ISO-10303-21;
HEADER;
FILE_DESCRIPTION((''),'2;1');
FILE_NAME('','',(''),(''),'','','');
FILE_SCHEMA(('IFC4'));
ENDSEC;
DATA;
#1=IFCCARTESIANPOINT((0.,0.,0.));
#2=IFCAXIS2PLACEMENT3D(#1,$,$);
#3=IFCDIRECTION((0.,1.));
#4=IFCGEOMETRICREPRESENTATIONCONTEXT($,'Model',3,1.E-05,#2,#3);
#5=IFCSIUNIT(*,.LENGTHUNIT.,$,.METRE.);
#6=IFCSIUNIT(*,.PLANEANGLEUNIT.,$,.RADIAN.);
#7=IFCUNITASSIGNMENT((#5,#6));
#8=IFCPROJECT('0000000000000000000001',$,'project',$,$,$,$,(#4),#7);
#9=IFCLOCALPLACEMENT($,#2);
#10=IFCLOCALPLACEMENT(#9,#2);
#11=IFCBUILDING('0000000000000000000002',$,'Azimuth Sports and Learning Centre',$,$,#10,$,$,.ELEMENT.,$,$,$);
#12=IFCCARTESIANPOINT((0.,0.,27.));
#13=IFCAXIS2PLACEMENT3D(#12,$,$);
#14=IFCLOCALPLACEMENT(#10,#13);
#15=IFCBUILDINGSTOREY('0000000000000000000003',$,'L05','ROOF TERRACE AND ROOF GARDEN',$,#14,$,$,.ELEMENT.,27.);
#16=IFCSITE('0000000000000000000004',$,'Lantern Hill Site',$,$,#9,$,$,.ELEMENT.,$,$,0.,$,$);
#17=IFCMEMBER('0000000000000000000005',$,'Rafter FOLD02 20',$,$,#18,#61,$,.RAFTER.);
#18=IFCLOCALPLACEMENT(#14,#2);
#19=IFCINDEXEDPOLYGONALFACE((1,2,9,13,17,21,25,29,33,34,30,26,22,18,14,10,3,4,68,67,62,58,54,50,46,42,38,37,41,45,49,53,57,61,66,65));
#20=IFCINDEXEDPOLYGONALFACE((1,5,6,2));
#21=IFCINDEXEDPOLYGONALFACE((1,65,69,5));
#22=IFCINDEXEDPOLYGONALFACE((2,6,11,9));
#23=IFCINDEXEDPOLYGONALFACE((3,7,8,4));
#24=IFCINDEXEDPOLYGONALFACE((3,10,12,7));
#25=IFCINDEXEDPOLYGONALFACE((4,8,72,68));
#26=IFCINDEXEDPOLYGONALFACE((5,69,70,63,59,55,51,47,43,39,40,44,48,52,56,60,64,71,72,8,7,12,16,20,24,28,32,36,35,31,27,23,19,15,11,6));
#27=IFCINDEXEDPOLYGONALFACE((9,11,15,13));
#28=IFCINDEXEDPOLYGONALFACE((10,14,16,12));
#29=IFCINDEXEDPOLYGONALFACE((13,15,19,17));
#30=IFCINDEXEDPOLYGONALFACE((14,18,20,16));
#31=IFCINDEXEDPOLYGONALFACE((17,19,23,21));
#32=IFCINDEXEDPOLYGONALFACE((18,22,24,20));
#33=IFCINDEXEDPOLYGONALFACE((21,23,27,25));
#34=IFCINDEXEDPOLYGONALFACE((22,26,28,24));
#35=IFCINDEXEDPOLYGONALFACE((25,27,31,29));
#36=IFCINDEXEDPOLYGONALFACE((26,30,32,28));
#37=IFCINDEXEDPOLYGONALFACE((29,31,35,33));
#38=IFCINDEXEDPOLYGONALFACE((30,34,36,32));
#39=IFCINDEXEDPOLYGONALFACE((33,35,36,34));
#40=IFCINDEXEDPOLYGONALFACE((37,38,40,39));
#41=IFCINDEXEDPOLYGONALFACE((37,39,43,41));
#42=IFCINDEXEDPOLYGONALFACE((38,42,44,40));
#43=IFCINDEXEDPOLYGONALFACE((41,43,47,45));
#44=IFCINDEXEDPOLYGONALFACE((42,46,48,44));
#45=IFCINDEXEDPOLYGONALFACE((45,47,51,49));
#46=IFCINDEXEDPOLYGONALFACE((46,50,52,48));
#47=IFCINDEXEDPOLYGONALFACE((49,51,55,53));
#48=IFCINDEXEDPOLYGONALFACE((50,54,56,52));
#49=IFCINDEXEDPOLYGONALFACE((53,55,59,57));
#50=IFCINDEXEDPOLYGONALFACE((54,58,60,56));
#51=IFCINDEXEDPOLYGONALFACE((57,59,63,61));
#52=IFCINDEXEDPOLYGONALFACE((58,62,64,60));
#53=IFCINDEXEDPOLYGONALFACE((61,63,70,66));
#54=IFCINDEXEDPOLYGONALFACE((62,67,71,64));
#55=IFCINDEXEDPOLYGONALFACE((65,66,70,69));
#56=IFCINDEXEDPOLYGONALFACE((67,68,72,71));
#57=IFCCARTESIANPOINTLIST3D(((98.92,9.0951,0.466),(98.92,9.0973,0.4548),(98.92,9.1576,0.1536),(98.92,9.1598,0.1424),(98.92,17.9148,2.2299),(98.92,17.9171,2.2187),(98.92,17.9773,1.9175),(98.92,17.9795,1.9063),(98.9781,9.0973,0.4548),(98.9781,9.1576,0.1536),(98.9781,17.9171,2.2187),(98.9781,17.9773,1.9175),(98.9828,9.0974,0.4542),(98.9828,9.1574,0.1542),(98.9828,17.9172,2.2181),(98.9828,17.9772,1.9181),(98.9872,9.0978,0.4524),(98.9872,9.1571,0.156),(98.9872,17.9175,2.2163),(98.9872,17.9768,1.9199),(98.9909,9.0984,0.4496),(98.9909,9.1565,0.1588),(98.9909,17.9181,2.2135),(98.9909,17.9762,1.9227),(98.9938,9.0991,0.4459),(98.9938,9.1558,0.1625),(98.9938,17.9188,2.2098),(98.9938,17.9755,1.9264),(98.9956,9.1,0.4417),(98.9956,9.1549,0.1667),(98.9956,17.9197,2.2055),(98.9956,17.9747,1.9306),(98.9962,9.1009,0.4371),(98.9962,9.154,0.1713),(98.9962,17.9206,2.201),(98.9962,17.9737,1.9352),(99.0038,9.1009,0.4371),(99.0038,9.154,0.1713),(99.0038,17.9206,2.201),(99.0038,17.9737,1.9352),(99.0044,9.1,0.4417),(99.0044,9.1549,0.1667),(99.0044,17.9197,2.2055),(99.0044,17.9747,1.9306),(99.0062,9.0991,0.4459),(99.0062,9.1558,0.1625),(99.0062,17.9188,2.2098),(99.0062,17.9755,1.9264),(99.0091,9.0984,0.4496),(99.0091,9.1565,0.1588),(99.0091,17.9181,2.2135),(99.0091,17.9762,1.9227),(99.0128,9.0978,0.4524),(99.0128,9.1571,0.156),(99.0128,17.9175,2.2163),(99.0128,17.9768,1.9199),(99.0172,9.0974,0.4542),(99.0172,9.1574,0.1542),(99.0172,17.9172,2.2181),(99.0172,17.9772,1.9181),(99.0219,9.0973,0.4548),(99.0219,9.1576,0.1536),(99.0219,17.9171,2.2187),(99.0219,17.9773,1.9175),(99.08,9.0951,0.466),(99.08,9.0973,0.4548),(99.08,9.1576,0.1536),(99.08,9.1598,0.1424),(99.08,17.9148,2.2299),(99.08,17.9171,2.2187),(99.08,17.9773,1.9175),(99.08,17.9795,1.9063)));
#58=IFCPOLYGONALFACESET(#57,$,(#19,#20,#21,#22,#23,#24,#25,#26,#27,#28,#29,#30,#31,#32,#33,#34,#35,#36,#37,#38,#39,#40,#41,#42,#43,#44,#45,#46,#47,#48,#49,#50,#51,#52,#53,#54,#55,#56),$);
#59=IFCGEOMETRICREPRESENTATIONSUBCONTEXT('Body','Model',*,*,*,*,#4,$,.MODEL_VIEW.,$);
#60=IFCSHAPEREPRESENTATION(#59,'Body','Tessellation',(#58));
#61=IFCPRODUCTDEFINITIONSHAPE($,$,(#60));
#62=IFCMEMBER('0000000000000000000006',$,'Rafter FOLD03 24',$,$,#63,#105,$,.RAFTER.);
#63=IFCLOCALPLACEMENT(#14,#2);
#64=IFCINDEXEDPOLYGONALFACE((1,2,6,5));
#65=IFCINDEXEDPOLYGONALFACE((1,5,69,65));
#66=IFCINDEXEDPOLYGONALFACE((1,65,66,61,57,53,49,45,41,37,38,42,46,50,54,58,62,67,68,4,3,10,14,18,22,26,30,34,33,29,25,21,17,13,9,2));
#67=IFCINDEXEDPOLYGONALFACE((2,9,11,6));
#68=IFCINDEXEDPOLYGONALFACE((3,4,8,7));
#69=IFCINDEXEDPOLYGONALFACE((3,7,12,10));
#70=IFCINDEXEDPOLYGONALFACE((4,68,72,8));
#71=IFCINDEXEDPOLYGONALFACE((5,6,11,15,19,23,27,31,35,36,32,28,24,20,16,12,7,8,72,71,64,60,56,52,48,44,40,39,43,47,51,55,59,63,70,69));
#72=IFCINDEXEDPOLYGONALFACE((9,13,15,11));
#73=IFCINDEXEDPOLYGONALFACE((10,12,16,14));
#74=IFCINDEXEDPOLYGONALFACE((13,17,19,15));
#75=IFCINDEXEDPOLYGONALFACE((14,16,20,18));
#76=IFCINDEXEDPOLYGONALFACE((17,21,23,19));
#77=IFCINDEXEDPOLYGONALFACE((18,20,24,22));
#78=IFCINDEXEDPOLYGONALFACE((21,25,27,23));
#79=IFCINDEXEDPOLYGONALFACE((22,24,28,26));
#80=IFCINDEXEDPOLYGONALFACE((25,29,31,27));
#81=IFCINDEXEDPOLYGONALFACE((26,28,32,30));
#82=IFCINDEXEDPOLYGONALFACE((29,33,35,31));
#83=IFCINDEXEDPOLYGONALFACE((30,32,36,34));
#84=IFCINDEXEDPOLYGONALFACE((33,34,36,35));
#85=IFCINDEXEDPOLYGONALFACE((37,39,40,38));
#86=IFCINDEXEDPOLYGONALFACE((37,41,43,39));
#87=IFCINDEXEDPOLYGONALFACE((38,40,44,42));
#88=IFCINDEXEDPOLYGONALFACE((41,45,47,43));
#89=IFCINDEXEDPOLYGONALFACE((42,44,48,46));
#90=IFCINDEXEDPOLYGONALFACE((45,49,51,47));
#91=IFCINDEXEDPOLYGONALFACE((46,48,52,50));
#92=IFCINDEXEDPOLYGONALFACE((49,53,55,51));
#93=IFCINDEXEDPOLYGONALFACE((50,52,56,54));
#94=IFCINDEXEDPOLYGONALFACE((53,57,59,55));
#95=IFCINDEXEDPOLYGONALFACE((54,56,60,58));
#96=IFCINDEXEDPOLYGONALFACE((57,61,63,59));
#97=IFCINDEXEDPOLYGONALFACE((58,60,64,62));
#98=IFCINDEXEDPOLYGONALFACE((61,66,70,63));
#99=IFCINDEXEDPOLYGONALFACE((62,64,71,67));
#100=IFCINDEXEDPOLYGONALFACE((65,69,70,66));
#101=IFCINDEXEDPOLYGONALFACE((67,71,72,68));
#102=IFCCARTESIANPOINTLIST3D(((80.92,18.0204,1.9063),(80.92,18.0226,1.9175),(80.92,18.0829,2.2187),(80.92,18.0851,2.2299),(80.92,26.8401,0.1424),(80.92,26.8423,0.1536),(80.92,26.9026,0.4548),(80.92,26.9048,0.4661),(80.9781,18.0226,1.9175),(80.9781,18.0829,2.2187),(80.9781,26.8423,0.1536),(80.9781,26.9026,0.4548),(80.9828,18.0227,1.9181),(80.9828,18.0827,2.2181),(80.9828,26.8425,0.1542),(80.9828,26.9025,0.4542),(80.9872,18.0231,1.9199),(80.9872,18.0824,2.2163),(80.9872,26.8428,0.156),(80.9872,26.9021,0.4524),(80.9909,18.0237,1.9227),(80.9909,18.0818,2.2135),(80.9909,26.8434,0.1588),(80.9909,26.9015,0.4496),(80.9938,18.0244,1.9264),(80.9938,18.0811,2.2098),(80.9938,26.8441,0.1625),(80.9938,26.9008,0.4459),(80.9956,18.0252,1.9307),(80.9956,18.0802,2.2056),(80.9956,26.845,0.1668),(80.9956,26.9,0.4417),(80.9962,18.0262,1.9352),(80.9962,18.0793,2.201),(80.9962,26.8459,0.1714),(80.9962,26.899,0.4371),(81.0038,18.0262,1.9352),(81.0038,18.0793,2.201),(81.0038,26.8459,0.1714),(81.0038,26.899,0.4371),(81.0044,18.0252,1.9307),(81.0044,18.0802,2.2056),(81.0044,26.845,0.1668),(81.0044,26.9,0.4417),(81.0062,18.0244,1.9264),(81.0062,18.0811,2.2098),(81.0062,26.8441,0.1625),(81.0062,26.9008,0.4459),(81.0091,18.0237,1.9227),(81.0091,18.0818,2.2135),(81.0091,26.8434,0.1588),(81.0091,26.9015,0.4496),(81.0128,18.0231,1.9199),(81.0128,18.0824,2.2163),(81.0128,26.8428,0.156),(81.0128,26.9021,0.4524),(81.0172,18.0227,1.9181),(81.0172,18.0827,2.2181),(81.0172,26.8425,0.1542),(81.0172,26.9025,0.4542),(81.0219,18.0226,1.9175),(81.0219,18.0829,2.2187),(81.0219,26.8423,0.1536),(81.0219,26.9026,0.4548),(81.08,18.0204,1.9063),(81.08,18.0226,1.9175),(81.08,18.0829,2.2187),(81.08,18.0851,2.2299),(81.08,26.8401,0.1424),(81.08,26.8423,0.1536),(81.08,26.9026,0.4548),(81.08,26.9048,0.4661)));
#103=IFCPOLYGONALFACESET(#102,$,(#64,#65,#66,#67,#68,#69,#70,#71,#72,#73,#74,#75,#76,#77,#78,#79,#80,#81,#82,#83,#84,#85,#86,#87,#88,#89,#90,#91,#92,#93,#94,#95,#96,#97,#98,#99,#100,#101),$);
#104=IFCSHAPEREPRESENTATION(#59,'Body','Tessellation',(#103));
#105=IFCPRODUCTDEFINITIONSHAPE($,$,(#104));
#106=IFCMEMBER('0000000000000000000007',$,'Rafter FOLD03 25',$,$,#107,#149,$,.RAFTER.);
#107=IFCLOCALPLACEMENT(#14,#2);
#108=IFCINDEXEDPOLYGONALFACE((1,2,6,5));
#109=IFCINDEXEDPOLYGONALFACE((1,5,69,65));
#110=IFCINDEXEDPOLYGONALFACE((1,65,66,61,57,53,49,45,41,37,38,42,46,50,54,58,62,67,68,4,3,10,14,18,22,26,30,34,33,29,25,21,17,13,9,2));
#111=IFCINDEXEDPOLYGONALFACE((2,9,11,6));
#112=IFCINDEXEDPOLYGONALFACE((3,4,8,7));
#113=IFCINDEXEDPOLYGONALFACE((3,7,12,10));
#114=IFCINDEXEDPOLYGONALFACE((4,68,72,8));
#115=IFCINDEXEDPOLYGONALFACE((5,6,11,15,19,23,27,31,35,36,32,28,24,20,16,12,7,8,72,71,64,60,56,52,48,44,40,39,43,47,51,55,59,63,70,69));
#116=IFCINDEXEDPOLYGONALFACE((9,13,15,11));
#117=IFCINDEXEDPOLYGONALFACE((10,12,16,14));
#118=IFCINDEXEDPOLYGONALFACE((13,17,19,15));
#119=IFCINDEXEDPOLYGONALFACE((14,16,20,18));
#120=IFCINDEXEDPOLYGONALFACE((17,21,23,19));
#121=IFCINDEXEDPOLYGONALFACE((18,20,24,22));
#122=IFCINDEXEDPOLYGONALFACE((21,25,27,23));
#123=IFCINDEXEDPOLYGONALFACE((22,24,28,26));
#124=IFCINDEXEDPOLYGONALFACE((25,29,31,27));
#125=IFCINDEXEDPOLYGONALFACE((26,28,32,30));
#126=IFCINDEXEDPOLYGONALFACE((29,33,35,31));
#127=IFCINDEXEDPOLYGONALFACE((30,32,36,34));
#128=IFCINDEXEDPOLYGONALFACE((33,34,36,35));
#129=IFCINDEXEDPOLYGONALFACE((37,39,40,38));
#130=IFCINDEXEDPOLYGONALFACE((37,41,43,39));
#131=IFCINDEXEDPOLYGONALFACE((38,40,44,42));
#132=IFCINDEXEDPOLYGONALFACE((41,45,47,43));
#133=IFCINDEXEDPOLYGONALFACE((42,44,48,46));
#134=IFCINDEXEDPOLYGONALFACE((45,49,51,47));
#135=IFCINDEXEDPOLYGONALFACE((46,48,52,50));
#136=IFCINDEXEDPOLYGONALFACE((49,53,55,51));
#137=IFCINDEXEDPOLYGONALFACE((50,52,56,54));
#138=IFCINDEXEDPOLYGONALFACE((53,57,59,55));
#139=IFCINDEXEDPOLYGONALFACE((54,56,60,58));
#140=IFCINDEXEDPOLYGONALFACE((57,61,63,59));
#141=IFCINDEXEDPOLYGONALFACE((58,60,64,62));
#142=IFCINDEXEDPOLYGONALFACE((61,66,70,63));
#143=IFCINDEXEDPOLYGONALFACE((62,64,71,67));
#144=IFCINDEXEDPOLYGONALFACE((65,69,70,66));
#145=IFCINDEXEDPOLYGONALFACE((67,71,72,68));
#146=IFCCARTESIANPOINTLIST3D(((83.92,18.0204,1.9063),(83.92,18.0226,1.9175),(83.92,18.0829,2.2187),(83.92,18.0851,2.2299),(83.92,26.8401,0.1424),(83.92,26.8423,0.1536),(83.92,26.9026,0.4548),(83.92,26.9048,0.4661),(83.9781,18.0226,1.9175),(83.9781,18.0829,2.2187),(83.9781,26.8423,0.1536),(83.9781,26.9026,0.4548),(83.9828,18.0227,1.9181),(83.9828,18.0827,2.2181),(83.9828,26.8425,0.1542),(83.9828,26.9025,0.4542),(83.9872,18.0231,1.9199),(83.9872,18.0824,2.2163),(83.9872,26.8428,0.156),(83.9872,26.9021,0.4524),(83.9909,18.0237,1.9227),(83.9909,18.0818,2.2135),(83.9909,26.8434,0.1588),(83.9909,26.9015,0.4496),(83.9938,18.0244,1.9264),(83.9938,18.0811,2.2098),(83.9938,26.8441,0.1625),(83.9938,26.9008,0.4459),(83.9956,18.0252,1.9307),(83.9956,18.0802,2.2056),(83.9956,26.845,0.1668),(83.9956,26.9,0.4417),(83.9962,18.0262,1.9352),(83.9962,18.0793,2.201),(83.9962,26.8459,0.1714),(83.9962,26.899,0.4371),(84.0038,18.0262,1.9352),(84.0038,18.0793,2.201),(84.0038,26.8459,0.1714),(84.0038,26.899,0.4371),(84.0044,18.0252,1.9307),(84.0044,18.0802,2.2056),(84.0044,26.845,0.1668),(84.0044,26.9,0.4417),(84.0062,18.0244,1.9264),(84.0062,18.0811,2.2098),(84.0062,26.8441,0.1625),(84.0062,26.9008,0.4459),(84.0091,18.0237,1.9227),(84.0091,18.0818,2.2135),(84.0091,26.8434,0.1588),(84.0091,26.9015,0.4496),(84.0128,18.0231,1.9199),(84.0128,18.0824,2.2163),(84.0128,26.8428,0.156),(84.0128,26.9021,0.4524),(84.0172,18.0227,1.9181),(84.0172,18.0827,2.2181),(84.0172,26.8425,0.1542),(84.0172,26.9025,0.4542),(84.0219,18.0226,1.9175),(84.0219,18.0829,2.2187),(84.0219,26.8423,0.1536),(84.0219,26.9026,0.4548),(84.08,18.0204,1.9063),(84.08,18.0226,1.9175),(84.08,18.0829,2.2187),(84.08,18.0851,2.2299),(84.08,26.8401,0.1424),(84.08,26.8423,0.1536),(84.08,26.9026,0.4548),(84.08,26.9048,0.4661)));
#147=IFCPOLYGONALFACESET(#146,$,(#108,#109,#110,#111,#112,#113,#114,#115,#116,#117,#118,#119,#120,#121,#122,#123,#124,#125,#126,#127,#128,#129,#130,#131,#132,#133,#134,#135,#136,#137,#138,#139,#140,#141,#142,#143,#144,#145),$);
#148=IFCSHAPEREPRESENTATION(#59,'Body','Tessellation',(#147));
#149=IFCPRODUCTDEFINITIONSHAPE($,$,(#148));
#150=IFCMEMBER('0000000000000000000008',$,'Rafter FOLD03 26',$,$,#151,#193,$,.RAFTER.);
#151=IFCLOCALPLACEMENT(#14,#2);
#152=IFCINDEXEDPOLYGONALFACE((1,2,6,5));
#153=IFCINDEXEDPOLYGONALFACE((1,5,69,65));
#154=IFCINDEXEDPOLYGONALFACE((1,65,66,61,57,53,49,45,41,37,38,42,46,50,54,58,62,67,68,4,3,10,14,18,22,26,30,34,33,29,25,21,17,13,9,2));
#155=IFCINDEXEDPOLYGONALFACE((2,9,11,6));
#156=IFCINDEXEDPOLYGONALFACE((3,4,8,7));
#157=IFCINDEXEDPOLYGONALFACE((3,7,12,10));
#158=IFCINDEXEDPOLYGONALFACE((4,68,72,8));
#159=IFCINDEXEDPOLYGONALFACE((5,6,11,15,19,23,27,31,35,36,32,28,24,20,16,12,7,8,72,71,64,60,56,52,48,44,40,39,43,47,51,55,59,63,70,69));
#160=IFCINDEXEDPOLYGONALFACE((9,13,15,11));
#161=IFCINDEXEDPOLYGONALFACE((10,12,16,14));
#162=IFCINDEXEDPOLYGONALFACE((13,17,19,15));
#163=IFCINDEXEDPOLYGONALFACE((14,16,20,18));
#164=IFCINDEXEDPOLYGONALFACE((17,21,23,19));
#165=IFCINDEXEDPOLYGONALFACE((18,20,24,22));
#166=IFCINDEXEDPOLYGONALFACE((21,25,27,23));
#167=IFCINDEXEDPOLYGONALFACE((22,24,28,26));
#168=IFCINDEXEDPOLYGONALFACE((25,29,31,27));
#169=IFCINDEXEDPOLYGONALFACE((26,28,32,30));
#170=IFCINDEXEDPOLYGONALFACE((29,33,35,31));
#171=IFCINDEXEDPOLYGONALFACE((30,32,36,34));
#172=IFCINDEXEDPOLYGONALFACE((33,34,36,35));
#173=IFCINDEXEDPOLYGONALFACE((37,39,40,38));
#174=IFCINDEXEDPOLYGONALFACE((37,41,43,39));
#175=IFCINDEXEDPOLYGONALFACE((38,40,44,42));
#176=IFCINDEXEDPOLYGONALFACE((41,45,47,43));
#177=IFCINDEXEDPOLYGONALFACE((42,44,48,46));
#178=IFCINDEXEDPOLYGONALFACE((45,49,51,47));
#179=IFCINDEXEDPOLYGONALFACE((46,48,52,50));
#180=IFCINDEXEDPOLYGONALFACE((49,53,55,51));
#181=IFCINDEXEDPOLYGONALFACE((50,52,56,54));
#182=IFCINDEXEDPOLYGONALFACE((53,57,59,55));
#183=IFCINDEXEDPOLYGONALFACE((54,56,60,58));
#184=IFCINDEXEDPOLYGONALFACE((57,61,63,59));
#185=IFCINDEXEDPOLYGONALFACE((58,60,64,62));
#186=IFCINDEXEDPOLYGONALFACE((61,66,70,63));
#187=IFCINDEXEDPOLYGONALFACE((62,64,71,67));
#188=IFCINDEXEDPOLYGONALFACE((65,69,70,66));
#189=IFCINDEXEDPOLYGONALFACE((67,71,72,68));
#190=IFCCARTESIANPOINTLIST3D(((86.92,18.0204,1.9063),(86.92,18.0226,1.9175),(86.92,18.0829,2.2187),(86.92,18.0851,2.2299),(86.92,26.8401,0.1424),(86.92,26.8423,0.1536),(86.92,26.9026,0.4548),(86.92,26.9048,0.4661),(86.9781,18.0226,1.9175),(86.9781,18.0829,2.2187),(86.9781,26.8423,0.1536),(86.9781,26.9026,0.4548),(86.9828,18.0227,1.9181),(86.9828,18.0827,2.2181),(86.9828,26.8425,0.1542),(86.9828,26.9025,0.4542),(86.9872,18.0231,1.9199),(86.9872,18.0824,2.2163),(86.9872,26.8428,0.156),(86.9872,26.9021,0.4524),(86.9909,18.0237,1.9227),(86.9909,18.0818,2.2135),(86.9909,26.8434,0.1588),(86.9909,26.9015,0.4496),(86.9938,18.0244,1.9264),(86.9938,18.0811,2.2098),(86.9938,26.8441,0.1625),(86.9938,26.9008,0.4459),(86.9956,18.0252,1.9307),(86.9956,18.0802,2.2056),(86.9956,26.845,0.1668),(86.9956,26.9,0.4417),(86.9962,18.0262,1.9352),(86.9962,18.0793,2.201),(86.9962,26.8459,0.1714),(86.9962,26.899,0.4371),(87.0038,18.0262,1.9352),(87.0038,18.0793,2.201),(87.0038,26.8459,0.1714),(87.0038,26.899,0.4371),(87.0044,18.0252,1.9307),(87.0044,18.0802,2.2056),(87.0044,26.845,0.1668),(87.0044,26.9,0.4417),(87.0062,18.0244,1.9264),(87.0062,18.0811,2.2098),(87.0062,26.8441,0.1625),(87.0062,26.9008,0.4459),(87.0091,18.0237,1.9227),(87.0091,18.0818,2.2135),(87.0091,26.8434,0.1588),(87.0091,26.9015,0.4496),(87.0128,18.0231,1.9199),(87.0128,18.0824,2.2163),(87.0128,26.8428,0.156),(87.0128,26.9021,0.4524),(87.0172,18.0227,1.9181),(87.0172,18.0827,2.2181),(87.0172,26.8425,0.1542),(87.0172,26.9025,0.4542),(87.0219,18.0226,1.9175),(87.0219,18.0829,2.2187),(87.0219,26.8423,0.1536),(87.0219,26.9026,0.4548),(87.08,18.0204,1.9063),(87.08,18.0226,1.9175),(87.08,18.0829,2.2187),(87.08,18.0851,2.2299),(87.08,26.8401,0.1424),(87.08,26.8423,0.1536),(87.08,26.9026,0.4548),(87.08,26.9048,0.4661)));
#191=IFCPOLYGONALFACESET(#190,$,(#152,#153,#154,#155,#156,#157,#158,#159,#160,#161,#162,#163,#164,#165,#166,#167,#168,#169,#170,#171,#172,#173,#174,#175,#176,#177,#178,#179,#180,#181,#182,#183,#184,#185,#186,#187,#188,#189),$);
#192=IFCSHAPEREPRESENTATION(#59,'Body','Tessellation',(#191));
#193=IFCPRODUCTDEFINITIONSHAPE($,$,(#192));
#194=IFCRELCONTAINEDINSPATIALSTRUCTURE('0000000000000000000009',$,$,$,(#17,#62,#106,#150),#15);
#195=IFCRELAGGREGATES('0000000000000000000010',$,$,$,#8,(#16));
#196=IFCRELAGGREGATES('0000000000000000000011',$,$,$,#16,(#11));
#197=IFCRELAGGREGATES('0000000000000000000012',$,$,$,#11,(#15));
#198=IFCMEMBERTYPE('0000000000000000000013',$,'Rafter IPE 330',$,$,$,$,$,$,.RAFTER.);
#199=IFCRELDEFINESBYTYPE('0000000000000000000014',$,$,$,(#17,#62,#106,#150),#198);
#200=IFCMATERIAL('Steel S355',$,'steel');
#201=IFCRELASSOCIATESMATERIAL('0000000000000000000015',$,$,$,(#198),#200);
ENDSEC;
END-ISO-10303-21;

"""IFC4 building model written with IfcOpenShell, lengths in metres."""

from ifc_helpers import new_model, si_unit, direction, frame, origin, origin_2d, place, context, subcontext, project, spatial, i_section, extrude, material, material_profile, profile_set, type_object, element, save


model = new_model("IFC4")

# Units and contexts
model_context = context("Model", 3, precision=1e-05, world=origin(), true_north=direction((0.0, 1.0)))
body_context = subcontext(model_context, "Body", "Model", "MODEL_VIEW")
ifc_project = project(units=[si_unit("LENGTHUNIT", "METRE"), si_unit("PLANEANGLEUNIT", "RADIAN")], contexts=[model_context])

# Site, building, storey
site_placement = place(None, origin())
site = spatial("IfcSite", under=ifc_project, at=site_placement, Name="Lantern Hill Site", CompositionType="ELEMENT", RefElevation=0.0)
building_placement = place(site_placement, origin())
building = spatial("IfcBuilding", under=site, at=building_placement, Name="Azimuth Sports and Learning Centre", CompositionType="ELEMENT")
storey_placement = place(building_placement, frame((0.0, 0.0, 27.0)))
storey = spatial("IfcBuildingStorey", under=building, at=storey_placement, Name="L05", Description="ROOF TERRACE AND ROOF GARDEN", CompositionType="ELEMENT", Elevation=27.0)

# Members
ifc_material_1 = material(Name="Steel S355", Category="steel")
ifc_material_profile_1 = material_profile(ifc_material_1, i_section(OverallWidth=0.1599, OverallDepth=0.3301, WebThickness=0.0076, FlangeThickness=0.0115, FilletRadius=0.0181, at=origin_2d()), Name="IPE 330")
ifc_profile_set_1 = profile_set([ifc_material_profile_1], Name="Steel S355")
member_type_1 = type_object("IfcMemberType", Name="Rafter IPE 330", PredefinedType="RAFTER", material=ifc_profile_set_1)
for number, where, z_axis, x_axis, name in (
    (1, (99.0, 9.1274, 0.3042), (0.0, 0.980582, 0.196111), (-1.0, 0.0, 0.0), "Rafter FOLD02 20"),
    (2, (81.0, 18.0527, 2.0681), (0.0, 0.980582, -0.196111), (-1.0, 0.0, 0.0), "Rafter FOLD03 24"),
    (3, (84.0, 18.0527, 2.0681), (0.0, 0.980582, -0.196111), (-1.0, 0.0, 0.0), "Rafter FOLD03 25"),
    (4, (87.0, 18.0527, 2.0681), (0.0, 0.980582, -0.196111), (-1.0, 0.0, 0.0), "Rafter FOLD03 26"),
):
    element("IfcMember", number, at=place(storey_placement, frame(where, z_axis=z_axis, x_axis=x_axis)), inside=storey, type_object=member_type_1, Name=name, PredefinedType="RAFTER", context=body_context, shape_type="SweptSolid", body=[
        extrude(i_section(OverallWidth=0.1599, OverallDepth=0.3301, WebThickness=0.0076, FlangeThickness=0.0115, FilletRadius=0.0181, at=origin_2d()), origin(), (0.0, 0.0, 1.0), 8.9944),
    ])

save(model, "model.ifc")
